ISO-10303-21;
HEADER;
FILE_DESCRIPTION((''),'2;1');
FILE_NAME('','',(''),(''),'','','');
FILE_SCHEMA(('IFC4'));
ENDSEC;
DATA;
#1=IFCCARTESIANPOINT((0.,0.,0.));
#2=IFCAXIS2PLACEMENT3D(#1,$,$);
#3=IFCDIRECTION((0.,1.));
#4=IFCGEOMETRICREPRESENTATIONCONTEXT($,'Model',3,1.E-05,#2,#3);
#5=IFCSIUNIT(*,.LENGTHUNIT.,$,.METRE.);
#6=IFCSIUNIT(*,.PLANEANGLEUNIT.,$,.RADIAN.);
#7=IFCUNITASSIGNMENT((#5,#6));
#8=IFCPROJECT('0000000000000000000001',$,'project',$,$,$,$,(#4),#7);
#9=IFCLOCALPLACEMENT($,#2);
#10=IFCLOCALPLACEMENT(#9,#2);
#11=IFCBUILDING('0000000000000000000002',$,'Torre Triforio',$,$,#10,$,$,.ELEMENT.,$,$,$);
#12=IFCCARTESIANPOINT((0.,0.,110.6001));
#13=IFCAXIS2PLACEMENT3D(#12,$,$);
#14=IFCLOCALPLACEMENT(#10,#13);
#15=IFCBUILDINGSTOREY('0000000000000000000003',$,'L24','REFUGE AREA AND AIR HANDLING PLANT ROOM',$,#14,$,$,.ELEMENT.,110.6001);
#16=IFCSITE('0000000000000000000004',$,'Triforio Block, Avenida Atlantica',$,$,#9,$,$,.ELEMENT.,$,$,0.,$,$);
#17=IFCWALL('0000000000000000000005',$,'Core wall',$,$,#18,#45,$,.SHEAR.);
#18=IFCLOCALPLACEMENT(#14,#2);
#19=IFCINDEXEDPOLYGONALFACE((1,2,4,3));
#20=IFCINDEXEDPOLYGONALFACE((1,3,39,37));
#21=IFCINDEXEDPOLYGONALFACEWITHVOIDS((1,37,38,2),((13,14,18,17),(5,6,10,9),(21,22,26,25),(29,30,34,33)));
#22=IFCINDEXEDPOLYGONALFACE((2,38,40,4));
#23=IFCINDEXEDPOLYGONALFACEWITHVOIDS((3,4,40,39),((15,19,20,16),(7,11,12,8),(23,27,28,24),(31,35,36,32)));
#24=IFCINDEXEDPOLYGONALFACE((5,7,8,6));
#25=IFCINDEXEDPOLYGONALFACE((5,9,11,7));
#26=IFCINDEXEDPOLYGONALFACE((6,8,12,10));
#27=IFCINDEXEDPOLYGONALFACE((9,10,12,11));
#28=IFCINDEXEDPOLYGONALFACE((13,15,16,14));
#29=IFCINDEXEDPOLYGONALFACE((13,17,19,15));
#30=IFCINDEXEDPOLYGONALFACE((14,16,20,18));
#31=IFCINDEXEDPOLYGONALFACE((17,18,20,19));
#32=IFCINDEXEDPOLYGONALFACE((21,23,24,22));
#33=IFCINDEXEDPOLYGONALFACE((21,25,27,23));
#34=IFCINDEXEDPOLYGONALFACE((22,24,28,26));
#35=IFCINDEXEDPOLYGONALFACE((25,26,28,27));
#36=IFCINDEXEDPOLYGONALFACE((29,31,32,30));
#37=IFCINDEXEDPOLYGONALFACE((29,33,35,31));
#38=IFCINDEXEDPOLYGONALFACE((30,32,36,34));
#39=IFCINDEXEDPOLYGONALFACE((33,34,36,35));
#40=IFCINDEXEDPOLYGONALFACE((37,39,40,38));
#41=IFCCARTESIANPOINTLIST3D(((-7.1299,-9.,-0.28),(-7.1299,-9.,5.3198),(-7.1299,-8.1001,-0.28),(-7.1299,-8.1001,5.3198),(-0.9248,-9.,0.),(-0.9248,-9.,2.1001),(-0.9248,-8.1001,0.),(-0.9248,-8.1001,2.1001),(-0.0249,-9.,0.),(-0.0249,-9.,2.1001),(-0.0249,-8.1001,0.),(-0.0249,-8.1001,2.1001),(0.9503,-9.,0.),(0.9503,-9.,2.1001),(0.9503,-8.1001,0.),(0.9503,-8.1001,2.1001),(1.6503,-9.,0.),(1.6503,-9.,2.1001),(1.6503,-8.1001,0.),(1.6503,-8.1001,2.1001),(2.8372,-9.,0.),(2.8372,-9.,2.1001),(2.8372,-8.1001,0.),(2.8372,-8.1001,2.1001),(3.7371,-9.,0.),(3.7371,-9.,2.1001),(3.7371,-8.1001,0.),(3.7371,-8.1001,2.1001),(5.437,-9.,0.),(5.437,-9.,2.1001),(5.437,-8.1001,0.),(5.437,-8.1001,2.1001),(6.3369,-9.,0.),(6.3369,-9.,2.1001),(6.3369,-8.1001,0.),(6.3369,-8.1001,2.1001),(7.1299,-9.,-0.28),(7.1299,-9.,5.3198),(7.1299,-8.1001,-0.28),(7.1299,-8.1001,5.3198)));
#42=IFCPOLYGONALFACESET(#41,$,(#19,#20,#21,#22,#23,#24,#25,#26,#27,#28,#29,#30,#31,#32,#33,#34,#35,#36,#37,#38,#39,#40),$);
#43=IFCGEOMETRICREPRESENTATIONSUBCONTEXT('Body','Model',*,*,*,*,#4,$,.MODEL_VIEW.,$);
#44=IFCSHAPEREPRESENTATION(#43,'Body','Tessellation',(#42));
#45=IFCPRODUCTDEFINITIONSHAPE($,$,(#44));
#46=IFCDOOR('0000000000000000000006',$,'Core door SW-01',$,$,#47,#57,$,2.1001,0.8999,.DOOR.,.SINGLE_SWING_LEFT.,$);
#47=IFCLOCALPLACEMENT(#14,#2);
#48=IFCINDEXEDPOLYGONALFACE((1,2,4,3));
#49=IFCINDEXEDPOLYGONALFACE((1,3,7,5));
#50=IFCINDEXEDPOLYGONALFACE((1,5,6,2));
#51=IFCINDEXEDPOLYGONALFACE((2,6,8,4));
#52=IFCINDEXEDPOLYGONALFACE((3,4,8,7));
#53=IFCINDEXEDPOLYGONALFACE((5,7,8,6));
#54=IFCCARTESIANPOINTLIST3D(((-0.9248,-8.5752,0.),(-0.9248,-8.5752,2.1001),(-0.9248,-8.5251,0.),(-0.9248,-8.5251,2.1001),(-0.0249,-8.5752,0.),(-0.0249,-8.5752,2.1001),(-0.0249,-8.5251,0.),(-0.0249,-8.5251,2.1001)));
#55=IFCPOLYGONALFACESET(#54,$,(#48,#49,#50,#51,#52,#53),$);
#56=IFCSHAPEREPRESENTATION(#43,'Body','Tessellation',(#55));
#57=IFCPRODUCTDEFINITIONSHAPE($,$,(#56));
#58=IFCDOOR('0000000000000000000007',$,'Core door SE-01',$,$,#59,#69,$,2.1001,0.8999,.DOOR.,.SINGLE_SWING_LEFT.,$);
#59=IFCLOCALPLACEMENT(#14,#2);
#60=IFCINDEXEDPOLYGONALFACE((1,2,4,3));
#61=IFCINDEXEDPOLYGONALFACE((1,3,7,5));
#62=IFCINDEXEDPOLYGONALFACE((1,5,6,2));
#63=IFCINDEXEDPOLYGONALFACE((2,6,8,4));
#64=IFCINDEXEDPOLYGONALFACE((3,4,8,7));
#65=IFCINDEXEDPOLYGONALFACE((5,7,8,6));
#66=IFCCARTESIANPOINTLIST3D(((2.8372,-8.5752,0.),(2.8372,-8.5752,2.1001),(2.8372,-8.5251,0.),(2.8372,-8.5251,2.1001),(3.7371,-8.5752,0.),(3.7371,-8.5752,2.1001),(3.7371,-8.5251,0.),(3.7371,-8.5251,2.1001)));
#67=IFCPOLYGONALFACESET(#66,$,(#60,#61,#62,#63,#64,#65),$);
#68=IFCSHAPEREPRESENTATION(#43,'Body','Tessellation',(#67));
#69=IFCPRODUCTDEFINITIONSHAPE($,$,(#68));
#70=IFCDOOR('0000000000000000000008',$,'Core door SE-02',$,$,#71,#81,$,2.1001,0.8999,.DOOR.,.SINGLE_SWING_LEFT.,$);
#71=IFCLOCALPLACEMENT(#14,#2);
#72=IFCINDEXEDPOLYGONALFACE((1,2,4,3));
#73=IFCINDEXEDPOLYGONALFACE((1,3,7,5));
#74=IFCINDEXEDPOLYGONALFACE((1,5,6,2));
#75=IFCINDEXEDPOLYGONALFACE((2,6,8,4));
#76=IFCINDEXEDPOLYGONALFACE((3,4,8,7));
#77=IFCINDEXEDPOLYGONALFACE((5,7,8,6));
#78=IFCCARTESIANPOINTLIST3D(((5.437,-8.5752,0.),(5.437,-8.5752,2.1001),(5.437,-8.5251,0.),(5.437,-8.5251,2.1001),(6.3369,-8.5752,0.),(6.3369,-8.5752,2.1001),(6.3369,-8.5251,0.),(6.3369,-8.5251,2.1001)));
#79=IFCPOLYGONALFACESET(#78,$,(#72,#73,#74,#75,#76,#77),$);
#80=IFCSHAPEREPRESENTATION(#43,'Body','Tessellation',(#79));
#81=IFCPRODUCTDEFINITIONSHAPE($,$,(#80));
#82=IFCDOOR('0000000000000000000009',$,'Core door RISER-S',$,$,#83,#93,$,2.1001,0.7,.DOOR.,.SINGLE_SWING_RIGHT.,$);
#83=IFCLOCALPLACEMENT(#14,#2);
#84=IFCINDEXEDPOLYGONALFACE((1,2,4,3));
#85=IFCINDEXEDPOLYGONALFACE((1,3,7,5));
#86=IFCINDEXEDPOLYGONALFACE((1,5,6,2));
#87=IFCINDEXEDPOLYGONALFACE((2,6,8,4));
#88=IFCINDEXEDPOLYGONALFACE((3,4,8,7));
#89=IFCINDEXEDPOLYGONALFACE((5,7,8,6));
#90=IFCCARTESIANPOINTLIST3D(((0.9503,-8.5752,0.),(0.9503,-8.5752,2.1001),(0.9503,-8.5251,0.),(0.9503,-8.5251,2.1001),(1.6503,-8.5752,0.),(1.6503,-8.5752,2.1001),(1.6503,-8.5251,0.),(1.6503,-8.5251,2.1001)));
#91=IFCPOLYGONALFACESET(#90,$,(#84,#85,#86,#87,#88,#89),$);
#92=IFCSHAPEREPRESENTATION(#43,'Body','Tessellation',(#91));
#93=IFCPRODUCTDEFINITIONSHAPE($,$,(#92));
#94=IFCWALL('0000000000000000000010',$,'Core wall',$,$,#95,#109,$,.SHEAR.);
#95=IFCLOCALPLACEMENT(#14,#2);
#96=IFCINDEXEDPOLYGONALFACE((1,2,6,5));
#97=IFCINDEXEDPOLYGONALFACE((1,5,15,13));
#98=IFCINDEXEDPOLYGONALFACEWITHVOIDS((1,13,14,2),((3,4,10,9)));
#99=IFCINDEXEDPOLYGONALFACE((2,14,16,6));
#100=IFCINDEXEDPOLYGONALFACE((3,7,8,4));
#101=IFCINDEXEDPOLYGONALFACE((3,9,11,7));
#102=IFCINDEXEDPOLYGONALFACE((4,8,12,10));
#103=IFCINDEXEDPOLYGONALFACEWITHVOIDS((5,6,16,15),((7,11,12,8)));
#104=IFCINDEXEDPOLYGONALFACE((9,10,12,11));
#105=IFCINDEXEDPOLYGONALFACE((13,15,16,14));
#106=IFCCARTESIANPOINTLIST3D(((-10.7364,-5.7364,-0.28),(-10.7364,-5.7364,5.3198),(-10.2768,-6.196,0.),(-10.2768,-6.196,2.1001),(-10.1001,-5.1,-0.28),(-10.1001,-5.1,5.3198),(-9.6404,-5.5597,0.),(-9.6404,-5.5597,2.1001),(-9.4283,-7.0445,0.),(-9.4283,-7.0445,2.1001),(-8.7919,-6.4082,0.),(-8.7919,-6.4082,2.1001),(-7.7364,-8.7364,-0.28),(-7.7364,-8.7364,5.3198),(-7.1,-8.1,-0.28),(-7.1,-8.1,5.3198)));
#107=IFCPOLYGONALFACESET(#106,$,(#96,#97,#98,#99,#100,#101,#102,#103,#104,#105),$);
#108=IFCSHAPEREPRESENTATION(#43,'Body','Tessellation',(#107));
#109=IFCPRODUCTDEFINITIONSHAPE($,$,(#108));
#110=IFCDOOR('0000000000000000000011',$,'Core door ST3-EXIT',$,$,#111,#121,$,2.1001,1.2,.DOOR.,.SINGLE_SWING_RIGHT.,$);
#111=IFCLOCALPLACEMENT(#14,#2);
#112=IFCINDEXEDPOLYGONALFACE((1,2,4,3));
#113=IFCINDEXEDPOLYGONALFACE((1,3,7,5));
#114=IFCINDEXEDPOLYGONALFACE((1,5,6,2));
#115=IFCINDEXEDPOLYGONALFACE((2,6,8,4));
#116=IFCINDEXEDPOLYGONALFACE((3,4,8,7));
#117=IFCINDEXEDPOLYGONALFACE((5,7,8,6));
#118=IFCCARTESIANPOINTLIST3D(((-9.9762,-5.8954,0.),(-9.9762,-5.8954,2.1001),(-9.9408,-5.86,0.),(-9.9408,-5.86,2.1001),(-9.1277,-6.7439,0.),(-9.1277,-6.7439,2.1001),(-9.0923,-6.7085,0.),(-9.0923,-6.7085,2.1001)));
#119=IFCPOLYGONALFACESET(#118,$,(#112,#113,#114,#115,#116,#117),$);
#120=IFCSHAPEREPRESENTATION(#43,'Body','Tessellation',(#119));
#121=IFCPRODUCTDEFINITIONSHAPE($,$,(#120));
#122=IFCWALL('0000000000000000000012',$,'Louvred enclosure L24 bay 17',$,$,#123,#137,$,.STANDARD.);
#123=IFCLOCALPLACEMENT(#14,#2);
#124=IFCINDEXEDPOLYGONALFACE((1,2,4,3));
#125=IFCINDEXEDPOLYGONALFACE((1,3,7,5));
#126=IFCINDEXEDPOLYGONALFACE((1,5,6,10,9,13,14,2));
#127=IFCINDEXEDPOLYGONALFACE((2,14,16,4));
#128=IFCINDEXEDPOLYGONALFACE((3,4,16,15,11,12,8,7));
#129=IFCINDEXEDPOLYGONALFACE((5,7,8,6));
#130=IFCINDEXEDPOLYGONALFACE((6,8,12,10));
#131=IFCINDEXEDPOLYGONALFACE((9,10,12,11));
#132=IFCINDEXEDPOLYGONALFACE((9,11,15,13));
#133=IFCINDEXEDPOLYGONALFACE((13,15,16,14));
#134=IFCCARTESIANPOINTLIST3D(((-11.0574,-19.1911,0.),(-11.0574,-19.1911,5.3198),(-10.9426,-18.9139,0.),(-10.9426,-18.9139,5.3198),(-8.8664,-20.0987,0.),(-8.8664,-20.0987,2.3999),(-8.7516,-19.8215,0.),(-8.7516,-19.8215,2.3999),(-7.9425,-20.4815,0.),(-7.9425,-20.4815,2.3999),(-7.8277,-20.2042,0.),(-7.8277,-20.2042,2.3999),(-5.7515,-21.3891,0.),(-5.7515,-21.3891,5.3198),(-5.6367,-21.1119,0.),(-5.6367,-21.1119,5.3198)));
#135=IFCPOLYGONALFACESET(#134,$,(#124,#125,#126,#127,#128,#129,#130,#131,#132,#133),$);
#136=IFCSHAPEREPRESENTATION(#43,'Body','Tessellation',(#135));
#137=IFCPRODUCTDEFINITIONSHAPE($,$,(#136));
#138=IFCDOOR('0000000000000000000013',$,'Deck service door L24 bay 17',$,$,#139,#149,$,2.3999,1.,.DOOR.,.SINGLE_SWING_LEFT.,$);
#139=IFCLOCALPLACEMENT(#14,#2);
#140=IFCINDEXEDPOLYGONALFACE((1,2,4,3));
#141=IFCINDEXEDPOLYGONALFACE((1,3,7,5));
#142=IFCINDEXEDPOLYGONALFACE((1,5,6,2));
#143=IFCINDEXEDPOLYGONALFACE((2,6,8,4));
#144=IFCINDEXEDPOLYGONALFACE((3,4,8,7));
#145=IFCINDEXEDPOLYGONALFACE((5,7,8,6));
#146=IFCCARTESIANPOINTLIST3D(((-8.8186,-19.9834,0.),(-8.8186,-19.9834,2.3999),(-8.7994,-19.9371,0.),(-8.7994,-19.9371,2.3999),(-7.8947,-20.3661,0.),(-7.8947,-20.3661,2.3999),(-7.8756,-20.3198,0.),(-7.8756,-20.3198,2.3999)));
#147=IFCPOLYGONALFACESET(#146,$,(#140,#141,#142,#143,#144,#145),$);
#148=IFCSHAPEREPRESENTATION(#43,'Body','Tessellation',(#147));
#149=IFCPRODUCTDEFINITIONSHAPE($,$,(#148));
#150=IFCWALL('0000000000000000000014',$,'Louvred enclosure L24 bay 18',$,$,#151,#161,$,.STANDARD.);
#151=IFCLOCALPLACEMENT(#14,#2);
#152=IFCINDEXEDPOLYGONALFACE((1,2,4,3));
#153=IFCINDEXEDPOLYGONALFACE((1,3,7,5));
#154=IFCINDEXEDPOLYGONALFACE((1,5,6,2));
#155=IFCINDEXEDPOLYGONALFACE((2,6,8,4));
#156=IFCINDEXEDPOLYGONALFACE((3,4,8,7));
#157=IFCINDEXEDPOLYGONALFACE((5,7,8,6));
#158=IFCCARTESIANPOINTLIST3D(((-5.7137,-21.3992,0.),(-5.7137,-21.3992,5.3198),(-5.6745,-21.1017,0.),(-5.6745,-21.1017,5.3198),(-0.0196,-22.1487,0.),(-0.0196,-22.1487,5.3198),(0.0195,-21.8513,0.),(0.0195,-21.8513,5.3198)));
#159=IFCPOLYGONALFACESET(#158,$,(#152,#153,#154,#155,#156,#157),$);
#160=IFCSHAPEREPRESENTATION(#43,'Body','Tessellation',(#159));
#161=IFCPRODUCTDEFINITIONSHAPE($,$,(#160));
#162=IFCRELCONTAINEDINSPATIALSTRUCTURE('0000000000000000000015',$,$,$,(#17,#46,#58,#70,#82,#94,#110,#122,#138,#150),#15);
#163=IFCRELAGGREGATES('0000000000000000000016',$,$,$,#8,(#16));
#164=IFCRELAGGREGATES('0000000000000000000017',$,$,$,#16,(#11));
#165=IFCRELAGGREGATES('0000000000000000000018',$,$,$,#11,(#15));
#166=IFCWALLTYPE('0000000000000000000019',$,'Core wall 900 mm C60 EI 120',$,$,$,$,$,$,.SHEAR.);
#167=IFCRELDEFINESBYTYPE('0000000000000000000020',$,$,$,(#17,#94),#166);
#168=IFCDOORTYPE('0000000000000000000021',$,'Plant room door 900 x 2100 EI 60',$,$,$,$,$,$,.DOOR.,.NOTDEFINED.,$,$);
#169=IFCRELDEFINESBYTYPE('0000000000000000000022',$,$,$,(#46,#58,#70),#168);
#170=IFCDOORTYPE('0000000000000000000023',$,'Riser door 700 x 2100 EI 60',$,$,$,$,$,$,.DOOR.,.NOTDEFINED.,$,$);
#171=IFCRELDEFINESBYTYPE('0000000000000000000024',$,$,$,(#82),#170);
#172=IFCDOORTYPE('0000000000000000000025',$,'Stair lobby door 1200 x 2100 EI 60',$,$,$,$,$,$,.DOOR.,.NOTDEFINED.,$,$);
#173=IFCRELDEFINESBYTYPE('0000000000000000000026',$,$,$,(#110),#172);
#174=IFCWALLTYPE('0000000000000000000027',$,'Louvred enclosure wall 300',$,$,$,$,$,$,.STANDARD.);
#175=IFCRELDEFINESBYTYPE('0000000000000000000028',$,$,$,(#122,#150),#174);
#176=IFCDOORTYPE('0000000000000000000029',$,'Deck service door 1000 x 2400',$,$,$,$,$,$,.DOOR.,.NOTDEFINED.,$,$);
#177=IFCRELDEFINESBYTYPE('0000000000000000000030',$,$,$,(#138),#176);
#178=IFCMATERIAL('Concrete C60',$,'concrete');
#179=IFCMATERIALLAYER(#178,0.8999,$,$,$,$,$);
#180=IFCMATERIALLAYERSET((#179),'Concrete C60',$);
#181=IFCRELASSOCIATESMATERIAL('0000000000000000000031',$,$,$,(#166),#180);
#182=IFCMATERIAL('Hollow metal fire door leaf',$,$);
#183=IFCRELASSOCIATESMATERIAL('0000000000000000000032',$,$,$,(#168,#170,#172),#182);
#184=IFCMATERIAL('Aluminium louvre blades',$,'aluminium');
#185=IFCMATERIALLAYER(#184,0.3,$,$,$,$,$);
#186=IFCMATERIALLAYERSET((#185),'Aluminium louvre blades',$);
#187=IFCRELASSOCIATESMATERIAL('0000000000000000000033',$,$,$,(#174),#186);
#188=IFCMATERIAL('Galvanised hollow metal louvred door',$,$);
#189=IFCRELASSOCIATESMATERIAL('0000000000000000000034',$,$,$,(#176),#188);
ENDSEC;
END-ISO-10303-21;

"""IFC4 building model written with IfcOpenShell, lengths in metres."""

from ifc_helpers import new_model, si_unit, direction, frame, frame_2d, origin, place, context, subcontext, project, spatial, rectangle, extrude, material, layer, layer_set, type_object, element, fill, save


model = new_model("IFC4")

# Units and contexts
model_context = context("Model", 3, precision=1e-05, world=origin(), true_north=direction((0.0, 1.0)))
body_context = subcontext(model_context, "Body", "Model", "MODEL_VIEW")
ifc_project = project(units=[si_unit("LENGTHUNIT", "METRE"), si_unit("PLANEANGLEUNIT", "RADIAN")], contexts=[model_context])

# Site, building, storey
site_placement = place(None, origin())
site = spatial("IfcSite", under=ifc_project, at=site_placement, Name="Triforio Block, Avenida Atlantica", CompositionType="ELEMENT", RefElevation=0.0)
building_placement = place(site_placement, origin())
building = spatial("IfcBuilding", under=site, at=building_placement, Name="Torre Triforio", CompositionType="ELEMENT")
storey_placement = place(building_placement, frame((0.0, 0.0, 110.6001)))
storey = spatial("IfcBuildingStorey", under=building, at=storey_placement, Name="L24", Description="REFUGE AREA AND AIR HANDLING PLANT ROOM", CompositionType="ELEMENT", Elevation=110.6001)

# Shared definitions
ifc_material_1 = material(Name="Concrete C60", Category="concrete")

# Wall, openings, doors
ifc_layer_1 = layer(ifc_material_1, 0.8999)
ifc_layer_set_1 = layer_set([ifc_layer_1], Name="Concrete C60")
wall_type_1 = type_object("IfcWallType", Name="Core wall 900 mm C60 EI 120", PredefinedType="SHEAR", material=ifc_layer_set_1)
wall_1_placement = place(storey_placement, frame((-7.1299, -8.55, -0.28), z_axis=(0.0, 0.0, 1.0), x_axis=(1.0, 0.0, 0.0)))
wall_1 = element("IfcWall", 1, at=wall_1_placement, inside=storey, type_object=wall_type_1, Name="Core wall", PredefinedType="SHEAR", context=body_context, shape_type="SweptSolid", body=[
    extrude(rectangle(XDim=14.2598, YDim=0.8999, at=frame_2d((7.1299, 0.0))), origin(), (0.0, 0.0, 1.0), 5.5999),
])
opening_1_placement = place(wall_1_placement, frame((8.0801, 0.0, 0.28)))
opening_1 = element("IfcOpeningElement", 2, at=opening_1_placement, cuts=wall_1, PredefinedType="OPENING", context=body_context, shape_type="SweptSolid", body=[
    extrude(rectangle(XDim=0.7, YDim=2.1001, at=frame_2d((0.3501, 1.05))), frame((0.0, 0.46, 0.0), z_axis=(0.0, -1.0, 0.0), x_axis=(1.0, 0.0, 0.0)), (0.0, 0.0, 1.0), 0.9199),
])
opening_2_placement = place(wall_1_placement, frame((6.2051, 0.0, 0.28)))
opening_2 = element("IfcOpeningElement", 3, at=opening_2_placement, cuts=wall_1, PredefinedType="OPENING", context=body_context, shape_type="SweptSolid", body=[
    extrude(rectangle(XDim=0.8999, YDim=2.1001, at=frame_2d((0.45, 1.05))), frame((0.0, 0.46, 0.0), z_axis=(0.0, -1.0, 0.0), x_axis=(1.0, 0.0, 0.0)), (0.0, 0.0, 1.0), 0.9199),
])
opening_3_placement = place(wall_1_placement, frame((9.967, 0.0, 0.28)))
opening_3 = element("IfcOpeningElement", 4, at=opening_3_placement, cuts=wall_1, PredefinedType="OPENING", context=body_context, shape_type="SweptSolid", body=[
    extrude(rectangle(XDim=0.8999, YDim=2.1001, at=frame_2d((0.45, 1.05))), frame((0.0, 0.46, 0.0), z_axis=(0.0, -1.0, 0.0), x_axis=(1.0, 0.0, 0.0)), (0.0, 0.0, 1.0), 0.9199),
])
opening_4_placement = place(wall_1_placement, frame((12.5669, 0.0, 0.28)))
opening_4 = element("IfcOpeningElement", 5, at=opening_4_placement, cuts=wall_1, PredefinedType="OPENING", context=body_context, shape_type="SweptSolid", body=[
    extrude(rectangle(XDim=0.8999, YDim=2.1001, at=frame_2d((0.45, 1.05))), frame((0.0, 0.46, 0.0), z_axis=(0.0, -1.0, 0.0), x_axis=(1.0, 0.0, 0.0)), (0.0, 0.0, 1.0), 0.9199),
])
ifc_material_2 = material(Name="Hollow metal fire door leaf")
door_type_1 = type_object("IfcDoorType", Name="Plant room door 900 x 2100 EI 60", OperationType="NOTDEFINED", PredefinedType="DOOR", material=ifc_material_2)
door_1_placement = place(opening_2_placement, origin())
door_1 = element("IfcDoor", 6, at=door_1_placement, inside=storey, type_object=door_type_1, Name="Core door SW-01", OperationType="SINGLE_SWING_LEFT", OverallHeight=2.1001, OverallWidth=0.8999, PredefinedType="DOOR", context=body_context, shape_type="SweptSolid", body=[
    extrude(rectangle(XDim=0.8999, YDim=2.1001, at=frame_2d((0.45, 1.05))), frame((0.0, 0.0249, 0.0), z_axis=(0.0, -1.0, 0.0), x_axis=(1.0, 0.0, 0.0)), (0.0, 0.0, 1.0), 0.05),
])
fill(opening_2, door_1)
door_2_placement = place(opening_3_placement, origin())
door_2 = element("IfcDoor", 7, at=door_2_placement, inside=storey, type_object=door_type_1, Name="Core door SE-01", OperationType="SINGLE_SWING_LEFT", OverallHeight=2.1001, OverallWidth=0.8999, PredefinedType="DOOR", context=body_context, shape_type="SweptSolid", body=[
    extrude(rectangle(XDim=0.8999, YDim=2.1001, at=frame_2d((0.45, 1.05))), frame((0.0, 0.0249, 0.0), z_axis=(0.0, -1.0, 0.0), x_axis=(1.0, 0.0, 0.0)), (0.0, 0.0, 1.0), 0.05),
])
fill(opening_3, door_2)
door_3_placement = place(opening_4_placement, origin())
door_3 = element("IfcDoor", 8, at=door_3_placement, inside=storey, type_object=door_type_1, Name="Core door SE-02", OperationType="SINGLE_SWING_LEFT", OverallHeight=2.1001, OverallWidth=0.8999, PredefinedType="DOOR", context=body_context, shape_type="SweptSolid", body=[
    extrude(rectangle(XDim=0.8999, YDim=2.1001, at=frame_2d((0.45, 1.05))), frame((0.0, 0.0249, 0.0), z_axis=(0.0, -1.0, 0.0), x_axis=(1.0, 0.0, 0.0)), (0.0, 0.0, 1.0), 0.05),
])
fill(opening_4, door_3)
door_type_2 = type_object("IfcDoorType", Name="Riser door 700 x 2100 EI 60", OperationType="NOTDEFINED", PredefinedType="DOOR", material=ifc_material_2)
door_4_placement = place(opening_1_placement, origin())
door_4 = element("IfcDoor", 9, at=door_4_placement, inside=storey, type_object=door_type_2, Name="Core door RISER-S", OperationType="SINGLE_SWING_RIGHT", OverallHeight=2.1001, OverallWidth=0.7, PredefinedType="DOOR", context=body_context, shape_type="SweptSolid", body=[
    extrude(rectangle(XDim=0.7, YDim=2.1001, at=frame_2d((0.3501, 1.05))), frame((0.0, 0.0249, 0.0), z_axis=(0.0, -1.0, 0.0), x_axis=(1.0, 0.0, 0.0)), (0.0, 0.0, 1.0), 0.05),
])
fill(opening_1, door_4)

# Walls, openings, doors
wall_2_placement = place(storey_placement, frame((-7.4182, -8.4182, -0.28), z_axis=(0.0, 0.0, 1.0), x_axis=(-0.707107, 0.707107, 0.0)))
wall_2 = element("IfcWall", 10, at=wall_2_placement, inside=storey, type_object=wall_type_1, Name="Core wall", PredefinedType="SHEAR", context=body_context, shape_type="SweptSolid", body=[
    extrude(rectangle(XDim=4.2427, YDim=0.8999, at=frame_2d((2.1213, 0.0))), origin(), (0.0, 0.0, 1.0), 5.5999),
])
opening_5_placement = place(wall_2_placement, frame((2.3926, 0.0, 0.28)))
opening_5 = element("IfcOpeningElement", 11, at=opening_5_placement, cuts=wall_2, PredefinedType="OPENING", context=body_context, shape_type="SweptSolid", body=[
    extrude(rectangle(XDim=1.2, YDim=2.1001, at=frame_2d((0.6001, 1.05))), frame((0.0, 0.46, 0.0), z_axis=(0.0, -1.0, 0.0), x_axis=(1.0, 0.0, 0.0)), (0.0, 0.0, 1.0), 0.9199),
])
door_type_3 = type_object("IfcDoorType", Name="Stair lobby door 1200 x 2100 EI 60", OperationType="NOTDEFINED", PredefinedType="DOOR", material=ifc_material_2)
door_5_placement = place(opening_5_placement, origin())
door_5 = element("IfcDoor", 12, at=door_5_placement, inside=storey, type_object=door_type_3, Name="Core door ST3-EXIT", OperationType="SINGLE_SWING_RIGHT", OverallHeight=2.1001, OverallWidth=1.2, PredefinedType="DOOR", context=body_context, shape_type="SweptSolid", body=[
    extrude(rectangle(XDim=1.2, YDim=2.1001, at=frame_2d((0.6001, 1.05))), frame((0.0, 0.0249, 0.0), z_axis=(0.0, -1.0, 0.0), x_axis=(1.0, 0.0, 0.0)), (0.0, 0.0, 1.0), 0.05),
])
fill(opening_5, door_5)
ifc_material_3 = material(Name="Aluminium louvre blades", Category="aluminium")
ifc_layer_2 = layer(ifc_material_3, 0.3)
ifc_layer_set_2 = layer_set([ifc_layer_2], Name="Aluminium louvre blades")
wall_type_2 = type_object("IfcWallType", Name="Louvred enclosure wall 300", PredefinedType="STANDARD", material=ifc_layer_set_2)
wall_3_placement = place(storey_placement, frame((-11.0, -19.0525, 0.0), z_axis=(0.0, 0.0, 1.0), x_axis=(0.923866, -0.382716, 0.0)))
wall_3 = element("IfcWall", 13, at=wall_3_placement, inside=storey, type_object=wall_type_2, Name="Louvred enclosure L24 bay 17", PredefinedType="STANDARD", context=body_context, shape_type="SweptSolid", body=[
    extrude(rectangle(XDim=5.7432, YDim=0.3, at=frame_2d((2.8716, 0.0))), origin(), (0.0, 0.0, 1.0), 5.3198),
])
opening_6_placement = place(wall_3_placement, frame((2.3716, 0.0, 0.0)))
opening_6 = element("IfcOpeningElement", 14, at=opening_6_placement, cuts=wall_3, PredefinedType="OPENING", context=body_context, shape_type="SweptSolid", body=[
    extrude(rectangle(XDim=1.0, YDim=2.3999, at=frame_2d((0.5, 1.2))), frame((0.0, 0.1599, 0.0), z_axis=(0.0, -1.0, 0.0), x_axis=(1.0, 0.0, 0.0)), (0.0, 0.0, 1.0), 0.3201),
])
ifc_material_4 = material(Name="Galvanised hollow metal louvred door")
door_type_4 = type_object("IfcDoorType", Name="Deck service door 1000 x 2400", OperationType="NOTDEFINED", PredefinedType="DOOR", material=ifc_material_4)
door_6_placement = place(opening_6_placement, origin())
door_6 = element("IfcDoor", 15, at=door_6_placement, inside=storey, type_object=door_type_4, Name="Deck service door L24 bay 17", OperationType="SINGLE_SWING_LEFT", OverallHeight=2.3999, OverallWidth=1.0, PredefinedType="DOOR", context=body_context, shape_type="SweptSolid", body=[
    extrude(rectangle(XDim=1.0, YDim=2.3999, at=frame_2d((0.5, 1.2))), frame((0.0, 0.0249, 0.0), z_axis=(0.0, -1.0, 0.0), x_axis=(1.0, 0.0, 0.0)), (0.0, 0.0, 1.0), 0.05),
])
fill(opening_6, door_6)

# Wall
wall_4_placement = place(storey_placement, frame((-5.6941, -21.2505, 0.0), z_axis=(0.0, 0.0, 1.0), x_axis=(0.991448, -0.130504, 0.0)))
element("IfcWall", 16, at=wall_4_placement, inside=storey, type_object=wall_type_2, Name="Louvred enclosure L24 bay 18", PredefinedType="STANDARD", context=body_context, shape_type="SweptSolid", body=[
    extrude(rectangle(XDim=5.7432, YDim=0.3, at=frame_2d((2.8716, 0.0))), origin(), (0.0, 0.0, 1.0), 5.3198),
])

save(model, "model.ifc")
